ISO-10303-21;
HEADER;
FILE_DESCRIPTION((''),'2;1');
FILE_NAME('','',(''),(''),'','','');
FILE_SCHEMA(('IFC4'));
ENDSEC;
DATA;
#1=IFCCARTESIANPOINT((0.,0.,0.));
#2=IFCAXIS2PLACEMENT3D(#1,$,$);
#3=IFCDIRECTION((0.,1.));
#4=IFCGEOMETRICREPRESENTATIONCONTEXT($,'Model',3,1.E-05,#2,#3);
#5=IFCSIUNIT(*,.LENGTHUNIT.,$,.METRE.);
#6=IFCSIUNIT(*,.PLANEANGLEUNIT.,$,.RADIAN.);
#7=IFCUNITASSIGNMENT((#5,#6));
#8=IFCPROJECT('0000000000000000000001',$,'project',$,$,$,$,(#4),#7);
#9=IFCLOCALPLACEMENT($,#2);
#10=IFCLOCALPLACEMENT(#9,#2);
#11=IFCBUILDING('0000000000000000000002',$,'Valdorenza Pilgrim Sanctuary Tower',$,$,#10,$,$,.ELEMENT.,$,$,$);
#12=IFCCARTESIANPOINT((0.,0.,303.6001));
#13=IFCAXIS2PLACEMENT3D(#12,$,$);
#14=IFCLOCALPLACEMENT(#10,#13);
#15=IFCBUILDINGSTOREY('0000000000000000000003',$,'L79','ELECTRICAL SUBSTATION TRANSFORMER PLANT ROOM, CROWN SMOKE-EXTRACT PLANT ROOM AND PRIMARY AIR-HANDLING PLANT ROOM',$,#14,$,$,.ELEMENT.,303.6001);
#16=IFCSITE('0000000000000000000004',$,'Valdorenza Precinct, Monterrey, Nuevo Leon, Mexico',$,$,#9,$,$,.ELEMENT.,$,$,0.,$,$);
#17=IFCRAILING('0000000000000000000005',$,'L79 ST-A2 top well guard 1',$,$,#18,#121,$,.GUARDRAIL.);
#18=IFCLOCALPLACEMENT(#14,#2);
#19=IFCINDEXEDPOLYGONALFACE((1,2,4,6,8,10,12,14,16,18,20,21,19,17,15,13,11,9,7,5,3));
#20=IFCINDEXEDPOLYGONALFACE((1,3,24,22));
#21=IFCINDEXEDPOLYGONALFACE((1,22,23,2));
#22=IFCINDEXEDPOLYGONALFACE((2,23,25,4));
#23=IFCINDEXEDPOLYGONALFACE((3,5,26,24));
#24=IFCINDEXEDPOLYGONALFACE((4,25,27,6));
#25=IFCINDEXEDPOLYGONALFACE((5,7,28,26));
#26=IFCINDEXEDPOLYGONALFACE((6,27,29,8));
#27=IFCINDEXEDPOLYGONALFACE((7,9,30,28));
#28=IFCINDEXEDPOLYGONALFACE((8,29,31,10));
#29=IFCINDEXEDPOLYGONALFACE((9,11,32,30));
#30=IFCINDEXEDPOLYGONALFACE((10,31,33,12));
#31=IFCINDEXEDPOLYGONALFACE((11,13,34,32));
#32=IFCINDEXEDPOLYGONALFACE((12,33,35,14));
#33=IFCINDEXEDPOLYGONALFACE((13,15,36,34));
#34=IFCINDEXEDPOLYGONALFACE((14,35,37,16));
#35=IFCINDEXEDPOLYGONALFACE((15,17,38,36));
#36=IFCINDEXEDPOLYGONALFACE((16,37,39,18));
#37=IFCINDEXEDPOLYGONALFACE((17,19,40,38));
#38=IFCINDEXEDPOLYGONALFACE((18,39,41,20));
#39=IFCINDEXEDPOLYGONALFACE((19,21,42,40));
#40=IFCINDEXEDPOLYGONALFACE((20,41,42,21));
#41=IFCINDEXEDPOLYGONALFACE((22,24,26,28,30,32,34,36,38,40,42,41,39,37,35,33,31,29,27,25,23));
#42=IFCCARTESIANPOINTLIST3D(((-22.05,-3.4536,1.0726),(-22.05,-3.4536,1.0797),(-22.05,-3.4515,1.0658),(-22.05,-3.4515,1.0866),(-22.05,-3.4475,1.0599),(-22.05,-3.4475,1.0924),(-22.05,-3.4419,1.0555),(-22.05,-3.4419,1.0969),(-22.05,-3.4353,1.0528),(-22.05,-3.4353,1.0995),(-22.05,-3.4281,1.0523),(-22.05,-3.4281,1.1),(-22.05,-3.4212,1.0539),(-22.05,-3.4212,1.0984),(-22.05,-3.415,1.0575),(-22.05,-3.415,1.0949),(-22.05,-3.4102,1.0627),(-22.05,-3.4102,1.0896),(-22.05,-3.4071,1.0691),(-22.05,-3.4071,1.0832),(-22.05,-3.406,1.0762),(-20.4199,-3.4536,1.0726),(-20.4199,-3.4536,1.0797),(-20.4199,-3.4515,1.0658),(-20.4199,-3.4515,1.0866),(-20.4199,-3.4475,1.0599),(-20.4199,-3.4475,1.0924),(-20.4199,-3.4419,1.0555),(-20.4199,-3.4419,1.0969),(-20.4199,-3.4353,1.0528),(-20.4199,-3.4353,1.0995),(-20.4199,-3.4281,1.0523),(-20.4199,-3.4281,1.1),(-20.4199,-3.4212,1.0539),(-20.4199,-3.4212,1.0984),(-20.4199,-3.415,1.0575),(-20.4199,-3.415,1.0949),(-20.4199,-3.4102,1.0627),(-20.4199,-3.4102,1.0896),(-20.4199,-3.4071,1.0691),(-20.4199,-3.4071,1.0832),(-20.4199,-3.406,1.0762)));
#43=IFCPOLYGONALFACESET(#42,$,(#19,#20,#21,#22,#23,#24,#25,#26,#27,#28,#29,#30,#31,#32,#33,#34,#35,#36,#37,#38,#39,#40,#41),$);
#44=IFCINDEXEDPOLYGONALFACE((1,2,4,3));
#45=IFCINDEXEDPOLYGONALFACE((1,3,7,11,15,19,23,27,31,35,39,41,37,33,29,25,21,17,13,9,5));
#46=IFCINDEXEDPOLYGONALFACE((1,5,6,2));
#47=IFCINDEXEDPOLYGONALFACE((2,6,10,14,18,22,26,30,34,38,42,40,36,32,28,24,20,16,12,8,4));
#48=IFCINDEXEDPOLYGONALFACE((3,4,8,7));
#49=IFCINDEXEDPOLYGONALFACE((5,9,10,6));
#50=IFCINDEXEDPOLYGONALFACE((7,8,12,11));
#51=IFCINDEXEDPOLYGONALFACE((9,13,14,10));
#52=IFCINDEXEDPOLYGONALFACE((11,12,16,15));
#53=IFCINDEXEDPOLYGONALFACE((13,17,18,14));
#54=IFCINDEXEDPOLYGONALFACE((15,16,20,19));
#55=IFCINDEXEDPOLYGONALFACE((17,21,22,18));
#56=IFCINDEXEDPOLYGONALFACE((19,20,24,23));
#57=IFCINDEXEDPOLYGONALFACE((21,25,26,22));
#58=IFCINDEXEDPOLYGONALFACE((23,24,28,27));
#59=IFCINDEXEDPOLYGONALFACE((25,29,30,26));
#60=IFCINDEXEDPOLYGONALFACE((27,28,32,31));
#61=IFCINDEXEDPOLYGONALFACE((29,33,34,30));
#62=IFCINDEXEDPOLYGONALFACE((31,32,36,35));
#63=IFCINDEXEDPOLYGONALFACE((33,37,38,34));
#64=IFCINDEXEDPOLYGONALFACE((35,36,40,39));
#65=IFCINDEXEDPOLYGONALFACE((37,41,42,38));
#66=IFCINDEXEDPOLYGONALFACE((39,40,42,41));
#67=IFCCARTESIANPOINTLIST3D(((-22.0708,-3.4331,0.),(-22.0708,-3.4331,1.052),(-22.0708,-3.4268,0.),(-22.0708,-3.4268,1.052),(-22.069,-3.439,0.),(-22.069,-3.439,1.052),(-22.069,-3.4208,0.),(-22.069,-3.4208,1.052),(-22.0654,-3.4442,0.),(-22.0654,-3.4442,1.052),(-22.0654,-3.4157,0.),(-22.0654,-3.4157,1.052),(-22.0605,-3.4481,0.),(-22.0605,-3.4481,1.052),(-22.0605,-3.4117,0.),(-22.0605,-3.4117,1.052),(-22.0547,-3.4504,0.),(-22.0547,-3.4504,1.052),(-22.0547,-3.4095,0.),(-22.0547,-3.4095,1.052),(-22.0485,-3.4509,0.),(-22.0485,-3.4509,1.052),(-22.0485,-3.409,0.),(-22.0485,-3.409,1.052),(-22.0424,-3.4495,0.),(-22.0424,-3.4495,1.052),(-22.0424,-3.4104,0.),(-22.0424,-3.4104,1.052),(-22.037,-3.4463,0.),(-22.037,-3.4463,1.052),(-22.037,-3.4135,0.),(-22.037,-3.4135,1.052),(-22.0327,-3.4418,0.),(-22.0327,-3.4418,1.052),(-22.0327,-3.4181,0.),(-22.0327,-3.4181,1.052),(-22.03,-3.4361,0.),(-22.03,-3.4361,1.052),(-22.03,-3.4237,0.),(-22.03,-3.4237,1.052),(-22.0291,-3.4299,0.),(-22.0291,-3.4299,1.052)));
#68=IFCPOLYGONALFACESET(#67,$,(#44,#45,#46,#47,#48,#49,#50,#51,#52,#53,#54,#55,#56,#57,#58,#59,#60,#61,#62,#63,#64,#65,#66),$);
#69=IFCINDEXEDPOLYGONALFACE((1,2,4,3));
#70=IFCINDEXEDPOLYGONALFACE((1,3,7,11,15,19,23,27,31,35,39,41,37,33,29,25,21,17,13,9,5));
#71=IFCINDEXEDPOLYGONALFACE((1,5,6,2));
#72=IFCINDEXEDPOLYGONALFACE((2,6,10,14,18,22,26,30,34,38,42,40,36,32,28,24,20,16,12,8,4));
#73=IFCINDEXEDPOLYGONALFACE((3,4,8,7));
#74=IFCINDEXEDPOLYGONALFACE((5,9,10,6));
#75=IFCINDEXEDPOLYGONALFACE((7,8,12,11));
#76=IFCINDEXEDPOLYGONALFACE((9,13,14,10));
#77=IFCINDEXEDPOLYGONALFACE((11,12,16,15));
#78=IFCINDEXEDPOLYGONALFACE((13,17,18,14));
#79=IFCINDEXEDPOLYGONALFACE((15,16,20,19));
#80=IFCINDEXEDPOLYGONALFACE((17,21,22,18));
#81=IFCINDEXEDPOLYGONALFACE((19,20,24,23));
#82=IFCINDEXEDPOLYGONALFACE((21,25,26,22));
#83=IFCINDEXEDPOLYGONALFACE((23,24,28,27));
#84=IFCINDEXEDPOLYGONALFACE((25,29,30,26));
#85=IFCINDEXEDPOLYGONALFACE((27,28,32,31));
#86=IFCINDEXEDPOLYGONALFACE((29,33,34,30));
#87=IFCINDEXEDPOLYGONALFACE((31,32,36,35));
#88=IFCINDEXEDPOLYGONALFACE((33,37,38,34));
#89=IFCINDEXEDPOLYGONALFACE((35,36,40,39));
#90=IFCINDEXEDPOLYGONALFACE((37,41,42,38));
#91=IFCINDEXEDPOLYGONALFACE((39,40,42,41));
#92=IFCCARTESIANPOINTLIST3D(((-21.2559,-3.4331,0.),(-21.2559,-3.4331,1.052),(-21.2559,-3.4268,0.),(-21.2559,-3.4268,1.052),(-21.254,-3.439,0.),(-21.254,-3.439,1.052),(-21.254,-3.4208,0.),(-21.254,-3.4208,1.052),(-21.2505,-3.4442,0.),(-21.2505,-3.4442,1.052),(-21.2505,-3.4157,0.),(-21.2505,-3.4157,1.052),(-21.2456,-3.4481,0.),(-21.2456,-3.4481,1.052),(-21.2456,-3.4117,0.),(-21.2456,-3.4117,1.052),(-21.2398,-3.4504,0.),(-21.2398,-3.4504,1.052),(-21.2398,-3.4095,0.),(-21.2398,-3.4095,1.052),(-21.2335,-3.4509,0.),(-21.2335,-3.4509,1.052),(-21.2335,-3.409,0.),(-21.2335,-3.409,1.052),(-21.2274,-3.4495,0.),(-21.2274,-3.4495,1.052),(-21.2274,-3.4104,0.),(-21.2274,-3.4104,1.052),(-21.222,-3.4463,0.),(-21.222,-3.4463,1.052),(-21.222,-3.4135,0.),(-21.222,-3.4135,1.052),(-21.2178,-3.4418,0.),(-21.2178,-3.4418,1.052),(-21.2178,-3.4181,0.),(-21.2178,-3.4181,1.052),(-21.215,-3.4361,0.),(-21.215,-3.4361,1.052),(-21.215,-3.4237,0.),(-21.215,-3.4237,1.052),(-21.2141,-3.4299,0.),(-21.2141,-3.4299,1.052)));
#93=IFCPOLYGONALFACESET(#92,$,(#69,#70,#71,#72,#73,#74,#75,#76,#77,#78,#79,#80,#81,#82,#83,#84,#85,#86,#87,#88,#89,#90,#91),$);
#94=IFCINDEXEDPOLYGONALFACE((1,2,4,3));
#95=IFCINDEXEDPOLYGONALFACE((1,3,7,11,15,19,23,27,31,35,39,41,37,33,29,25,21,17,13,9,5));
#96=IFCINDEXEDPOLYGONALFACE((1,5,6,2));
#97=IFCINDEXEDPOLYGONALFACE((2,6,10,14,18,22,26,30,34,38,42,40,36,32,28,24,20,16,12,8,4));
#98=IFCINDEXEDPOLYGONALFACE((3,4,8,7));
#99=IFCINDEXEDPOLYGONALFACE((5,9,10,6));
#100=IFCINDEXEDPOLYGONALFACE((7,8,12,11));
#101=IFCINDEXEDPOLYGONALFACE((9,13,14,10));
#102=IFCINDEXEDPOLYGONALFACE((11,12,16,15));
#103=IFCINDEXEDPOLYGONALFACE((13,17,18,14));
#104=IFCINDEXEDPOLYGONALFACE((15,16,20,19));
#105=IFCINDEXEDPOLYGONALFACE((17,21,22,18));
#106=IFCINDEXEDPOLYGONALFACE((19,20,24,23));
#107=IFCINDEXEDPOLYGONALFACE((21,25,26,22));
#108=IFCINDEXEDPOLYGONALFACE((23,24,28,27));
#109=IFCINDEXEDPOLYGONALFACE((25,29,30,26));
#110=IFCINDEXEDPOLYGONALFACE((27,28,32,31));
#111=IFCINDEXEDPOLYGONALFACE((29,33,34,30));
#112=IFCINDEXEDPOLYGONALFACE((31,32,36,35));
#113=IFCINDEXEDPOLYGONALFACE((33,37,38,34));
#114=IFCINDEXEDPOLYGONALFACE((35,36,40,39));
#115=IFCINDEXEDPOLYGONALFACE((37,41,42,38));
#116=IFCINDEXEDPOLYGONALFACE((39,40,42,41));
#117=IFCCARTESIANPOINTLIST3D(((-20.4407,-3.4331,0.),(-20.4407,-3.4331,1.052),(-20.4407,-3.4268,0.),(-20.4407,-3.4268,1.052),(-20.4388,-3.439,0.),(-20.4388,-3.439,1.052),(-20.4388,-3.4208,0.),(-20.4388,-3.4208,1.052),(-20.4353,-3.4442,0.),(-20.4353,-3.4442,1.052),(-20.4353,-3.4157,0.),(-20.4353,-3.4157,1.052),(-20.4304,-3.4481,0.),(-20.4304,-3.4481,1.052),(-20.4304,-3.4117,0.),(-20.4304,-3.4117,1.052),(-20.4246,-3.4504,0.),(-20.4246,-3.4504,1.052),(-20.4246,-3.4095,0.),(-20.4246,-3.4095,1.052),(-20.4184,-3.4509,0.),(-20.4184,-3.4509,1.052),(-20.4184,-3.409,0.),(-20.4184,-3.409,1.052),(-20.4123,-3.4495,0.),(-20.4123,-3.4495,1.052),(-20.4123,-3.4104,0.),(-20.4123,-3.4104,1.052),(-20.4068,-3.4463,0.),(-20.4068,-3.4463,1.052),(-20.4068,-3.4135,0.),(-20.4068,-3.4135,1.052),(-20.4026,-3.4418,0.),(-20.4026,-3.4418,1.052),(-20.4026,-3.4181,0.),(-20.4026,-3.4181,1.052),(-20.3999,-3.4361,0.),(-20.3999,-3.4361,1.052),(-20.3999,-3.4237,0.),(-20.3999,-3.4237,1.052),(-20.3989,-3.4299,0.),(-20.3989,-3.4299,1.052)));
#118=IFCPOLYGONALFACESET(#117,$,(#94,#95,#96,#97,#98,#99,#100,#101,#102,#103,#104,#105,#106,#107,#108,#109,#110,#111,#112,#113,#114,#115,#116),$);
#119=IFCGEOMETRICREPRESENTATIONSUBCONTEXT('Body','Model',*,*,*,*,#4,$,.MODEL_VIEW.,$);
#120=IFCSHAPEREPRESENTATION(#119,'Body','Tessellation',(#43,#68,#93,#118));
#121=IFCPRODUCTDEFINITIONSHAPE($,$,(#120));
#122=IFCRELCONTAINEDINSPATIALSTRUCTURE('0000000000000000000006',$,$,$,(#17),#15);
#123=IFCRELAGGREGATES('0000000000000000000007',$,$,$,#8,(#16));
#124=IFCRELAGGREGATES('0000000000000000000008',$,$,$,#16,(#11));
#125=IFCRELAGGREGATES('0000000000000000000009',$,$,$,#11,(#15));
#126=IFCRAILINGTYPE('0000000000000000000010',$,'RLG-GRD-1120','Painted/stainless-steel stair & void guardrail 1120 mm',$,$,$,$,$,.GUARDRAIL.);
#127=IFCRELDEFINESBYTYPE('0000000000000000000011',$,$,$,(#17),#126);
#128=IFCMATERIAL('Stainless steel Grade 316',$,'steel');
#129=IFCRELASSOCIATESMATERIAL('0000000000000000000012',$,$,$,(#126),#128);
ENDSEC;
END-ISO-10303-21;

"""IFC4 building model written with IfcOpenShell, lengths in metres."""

from ifc_helpers import new_model, si_unit, direction, frame, origin, origin_2d, place, context, subcontext, project, spatial, circle, extrude, material, type_object, element, save


model = new_model("IFC4")

# Units and contexts
model_context = context("Model", 3, precision=1e-05, world=origin(), true_north=direction((0.0, 1.0)))
body_context = subcontext(model_context, "Body", "Model", "MODEL_VIEW")
ifc_project = project(units=[si_unit("LENGTHUNIT", "METRE"), si_unit("PLANEANGLEUNIT", "RADIAN")], contexts=[model_context])

# Site, building, storey
site_placement = place(None, origin())
site = spatial("IfcSite", under=ifc_project, at=site_placement, Name="Valdorenza Precinct, Monterrey, Nuevo Leon, Mexico", CompositionType="ELEMENT", RefElevation=0.0)
building_placement = place(site_placement, origin())
building = spatial("IfcBuilding", under=site, at=building_placement, Name="Valdorenza Pilgrim Sanctuary Tower", CompositionType="ELEMENT")
storey_placement = place(building_placement, frame((0.0, 0.0, 303.6001)))
storey = spatial("IfcBuildingStorey", under=building, at=storey_placement, Name="L79", Description="ELECTRICAL SUBSTATION TRANSFORMER PLANT ROOM, CROWN SMOKE-EXTRACT PLANT ROOM AND PRIMARY AIR-HANDLING PLANT ROOM", CompositionType="ELEMENT", Elevation=303.6001)

# Railing
ifc_material_1 = material(Name="Stainless steel Grade 316", Category="steel")
railing_type = type_object("IfcRailingType", Name="RLG-GRD-1120", Description="Painted/stainless-steel stair & void guardrail 1120 mm", PredefinedType="GUARDRAIL", material=ifc_material_1)
railing_1_placement = place(storey_placement, frame((-22.05, -3.4299, 0.0)))
element("IfcRailing", 1, at=railing_1_placement, inside=storey, type_object=railing_type, Name="L79 ST-A2 top well guard 1", PredefinedType="GUARDRAIL", context=body_context, shape_type="SweptSolid", body=[
    extrude(circle(Radius=0.0239, at=origin_2d()), frame((0.0, 0.0, 1.0762), z_axis=(1.0, 0.0, 0.0), x_axis=(0.0, 1.0, 0.0)), (0.0, 0.0, 1.0), 1.6301),
    extrude(circle(Radius=0.021, at=origin_2d()), origin(), (0.0, 0.0, 1.0), 1.052),
    extrude(circle(Radius=0.021, at=origin_2d()), frame((0.8149, 0.0, 0.0)), (0.0, 0.0, 1.0), 1.052),
    extrude(circle(Radius=0.021, at=origin_2d()), frame((1.6301, 0.0, 0.0)), (0.0, 0.0, 1.0), 1.052),
])

save(model, "model.ifc")
